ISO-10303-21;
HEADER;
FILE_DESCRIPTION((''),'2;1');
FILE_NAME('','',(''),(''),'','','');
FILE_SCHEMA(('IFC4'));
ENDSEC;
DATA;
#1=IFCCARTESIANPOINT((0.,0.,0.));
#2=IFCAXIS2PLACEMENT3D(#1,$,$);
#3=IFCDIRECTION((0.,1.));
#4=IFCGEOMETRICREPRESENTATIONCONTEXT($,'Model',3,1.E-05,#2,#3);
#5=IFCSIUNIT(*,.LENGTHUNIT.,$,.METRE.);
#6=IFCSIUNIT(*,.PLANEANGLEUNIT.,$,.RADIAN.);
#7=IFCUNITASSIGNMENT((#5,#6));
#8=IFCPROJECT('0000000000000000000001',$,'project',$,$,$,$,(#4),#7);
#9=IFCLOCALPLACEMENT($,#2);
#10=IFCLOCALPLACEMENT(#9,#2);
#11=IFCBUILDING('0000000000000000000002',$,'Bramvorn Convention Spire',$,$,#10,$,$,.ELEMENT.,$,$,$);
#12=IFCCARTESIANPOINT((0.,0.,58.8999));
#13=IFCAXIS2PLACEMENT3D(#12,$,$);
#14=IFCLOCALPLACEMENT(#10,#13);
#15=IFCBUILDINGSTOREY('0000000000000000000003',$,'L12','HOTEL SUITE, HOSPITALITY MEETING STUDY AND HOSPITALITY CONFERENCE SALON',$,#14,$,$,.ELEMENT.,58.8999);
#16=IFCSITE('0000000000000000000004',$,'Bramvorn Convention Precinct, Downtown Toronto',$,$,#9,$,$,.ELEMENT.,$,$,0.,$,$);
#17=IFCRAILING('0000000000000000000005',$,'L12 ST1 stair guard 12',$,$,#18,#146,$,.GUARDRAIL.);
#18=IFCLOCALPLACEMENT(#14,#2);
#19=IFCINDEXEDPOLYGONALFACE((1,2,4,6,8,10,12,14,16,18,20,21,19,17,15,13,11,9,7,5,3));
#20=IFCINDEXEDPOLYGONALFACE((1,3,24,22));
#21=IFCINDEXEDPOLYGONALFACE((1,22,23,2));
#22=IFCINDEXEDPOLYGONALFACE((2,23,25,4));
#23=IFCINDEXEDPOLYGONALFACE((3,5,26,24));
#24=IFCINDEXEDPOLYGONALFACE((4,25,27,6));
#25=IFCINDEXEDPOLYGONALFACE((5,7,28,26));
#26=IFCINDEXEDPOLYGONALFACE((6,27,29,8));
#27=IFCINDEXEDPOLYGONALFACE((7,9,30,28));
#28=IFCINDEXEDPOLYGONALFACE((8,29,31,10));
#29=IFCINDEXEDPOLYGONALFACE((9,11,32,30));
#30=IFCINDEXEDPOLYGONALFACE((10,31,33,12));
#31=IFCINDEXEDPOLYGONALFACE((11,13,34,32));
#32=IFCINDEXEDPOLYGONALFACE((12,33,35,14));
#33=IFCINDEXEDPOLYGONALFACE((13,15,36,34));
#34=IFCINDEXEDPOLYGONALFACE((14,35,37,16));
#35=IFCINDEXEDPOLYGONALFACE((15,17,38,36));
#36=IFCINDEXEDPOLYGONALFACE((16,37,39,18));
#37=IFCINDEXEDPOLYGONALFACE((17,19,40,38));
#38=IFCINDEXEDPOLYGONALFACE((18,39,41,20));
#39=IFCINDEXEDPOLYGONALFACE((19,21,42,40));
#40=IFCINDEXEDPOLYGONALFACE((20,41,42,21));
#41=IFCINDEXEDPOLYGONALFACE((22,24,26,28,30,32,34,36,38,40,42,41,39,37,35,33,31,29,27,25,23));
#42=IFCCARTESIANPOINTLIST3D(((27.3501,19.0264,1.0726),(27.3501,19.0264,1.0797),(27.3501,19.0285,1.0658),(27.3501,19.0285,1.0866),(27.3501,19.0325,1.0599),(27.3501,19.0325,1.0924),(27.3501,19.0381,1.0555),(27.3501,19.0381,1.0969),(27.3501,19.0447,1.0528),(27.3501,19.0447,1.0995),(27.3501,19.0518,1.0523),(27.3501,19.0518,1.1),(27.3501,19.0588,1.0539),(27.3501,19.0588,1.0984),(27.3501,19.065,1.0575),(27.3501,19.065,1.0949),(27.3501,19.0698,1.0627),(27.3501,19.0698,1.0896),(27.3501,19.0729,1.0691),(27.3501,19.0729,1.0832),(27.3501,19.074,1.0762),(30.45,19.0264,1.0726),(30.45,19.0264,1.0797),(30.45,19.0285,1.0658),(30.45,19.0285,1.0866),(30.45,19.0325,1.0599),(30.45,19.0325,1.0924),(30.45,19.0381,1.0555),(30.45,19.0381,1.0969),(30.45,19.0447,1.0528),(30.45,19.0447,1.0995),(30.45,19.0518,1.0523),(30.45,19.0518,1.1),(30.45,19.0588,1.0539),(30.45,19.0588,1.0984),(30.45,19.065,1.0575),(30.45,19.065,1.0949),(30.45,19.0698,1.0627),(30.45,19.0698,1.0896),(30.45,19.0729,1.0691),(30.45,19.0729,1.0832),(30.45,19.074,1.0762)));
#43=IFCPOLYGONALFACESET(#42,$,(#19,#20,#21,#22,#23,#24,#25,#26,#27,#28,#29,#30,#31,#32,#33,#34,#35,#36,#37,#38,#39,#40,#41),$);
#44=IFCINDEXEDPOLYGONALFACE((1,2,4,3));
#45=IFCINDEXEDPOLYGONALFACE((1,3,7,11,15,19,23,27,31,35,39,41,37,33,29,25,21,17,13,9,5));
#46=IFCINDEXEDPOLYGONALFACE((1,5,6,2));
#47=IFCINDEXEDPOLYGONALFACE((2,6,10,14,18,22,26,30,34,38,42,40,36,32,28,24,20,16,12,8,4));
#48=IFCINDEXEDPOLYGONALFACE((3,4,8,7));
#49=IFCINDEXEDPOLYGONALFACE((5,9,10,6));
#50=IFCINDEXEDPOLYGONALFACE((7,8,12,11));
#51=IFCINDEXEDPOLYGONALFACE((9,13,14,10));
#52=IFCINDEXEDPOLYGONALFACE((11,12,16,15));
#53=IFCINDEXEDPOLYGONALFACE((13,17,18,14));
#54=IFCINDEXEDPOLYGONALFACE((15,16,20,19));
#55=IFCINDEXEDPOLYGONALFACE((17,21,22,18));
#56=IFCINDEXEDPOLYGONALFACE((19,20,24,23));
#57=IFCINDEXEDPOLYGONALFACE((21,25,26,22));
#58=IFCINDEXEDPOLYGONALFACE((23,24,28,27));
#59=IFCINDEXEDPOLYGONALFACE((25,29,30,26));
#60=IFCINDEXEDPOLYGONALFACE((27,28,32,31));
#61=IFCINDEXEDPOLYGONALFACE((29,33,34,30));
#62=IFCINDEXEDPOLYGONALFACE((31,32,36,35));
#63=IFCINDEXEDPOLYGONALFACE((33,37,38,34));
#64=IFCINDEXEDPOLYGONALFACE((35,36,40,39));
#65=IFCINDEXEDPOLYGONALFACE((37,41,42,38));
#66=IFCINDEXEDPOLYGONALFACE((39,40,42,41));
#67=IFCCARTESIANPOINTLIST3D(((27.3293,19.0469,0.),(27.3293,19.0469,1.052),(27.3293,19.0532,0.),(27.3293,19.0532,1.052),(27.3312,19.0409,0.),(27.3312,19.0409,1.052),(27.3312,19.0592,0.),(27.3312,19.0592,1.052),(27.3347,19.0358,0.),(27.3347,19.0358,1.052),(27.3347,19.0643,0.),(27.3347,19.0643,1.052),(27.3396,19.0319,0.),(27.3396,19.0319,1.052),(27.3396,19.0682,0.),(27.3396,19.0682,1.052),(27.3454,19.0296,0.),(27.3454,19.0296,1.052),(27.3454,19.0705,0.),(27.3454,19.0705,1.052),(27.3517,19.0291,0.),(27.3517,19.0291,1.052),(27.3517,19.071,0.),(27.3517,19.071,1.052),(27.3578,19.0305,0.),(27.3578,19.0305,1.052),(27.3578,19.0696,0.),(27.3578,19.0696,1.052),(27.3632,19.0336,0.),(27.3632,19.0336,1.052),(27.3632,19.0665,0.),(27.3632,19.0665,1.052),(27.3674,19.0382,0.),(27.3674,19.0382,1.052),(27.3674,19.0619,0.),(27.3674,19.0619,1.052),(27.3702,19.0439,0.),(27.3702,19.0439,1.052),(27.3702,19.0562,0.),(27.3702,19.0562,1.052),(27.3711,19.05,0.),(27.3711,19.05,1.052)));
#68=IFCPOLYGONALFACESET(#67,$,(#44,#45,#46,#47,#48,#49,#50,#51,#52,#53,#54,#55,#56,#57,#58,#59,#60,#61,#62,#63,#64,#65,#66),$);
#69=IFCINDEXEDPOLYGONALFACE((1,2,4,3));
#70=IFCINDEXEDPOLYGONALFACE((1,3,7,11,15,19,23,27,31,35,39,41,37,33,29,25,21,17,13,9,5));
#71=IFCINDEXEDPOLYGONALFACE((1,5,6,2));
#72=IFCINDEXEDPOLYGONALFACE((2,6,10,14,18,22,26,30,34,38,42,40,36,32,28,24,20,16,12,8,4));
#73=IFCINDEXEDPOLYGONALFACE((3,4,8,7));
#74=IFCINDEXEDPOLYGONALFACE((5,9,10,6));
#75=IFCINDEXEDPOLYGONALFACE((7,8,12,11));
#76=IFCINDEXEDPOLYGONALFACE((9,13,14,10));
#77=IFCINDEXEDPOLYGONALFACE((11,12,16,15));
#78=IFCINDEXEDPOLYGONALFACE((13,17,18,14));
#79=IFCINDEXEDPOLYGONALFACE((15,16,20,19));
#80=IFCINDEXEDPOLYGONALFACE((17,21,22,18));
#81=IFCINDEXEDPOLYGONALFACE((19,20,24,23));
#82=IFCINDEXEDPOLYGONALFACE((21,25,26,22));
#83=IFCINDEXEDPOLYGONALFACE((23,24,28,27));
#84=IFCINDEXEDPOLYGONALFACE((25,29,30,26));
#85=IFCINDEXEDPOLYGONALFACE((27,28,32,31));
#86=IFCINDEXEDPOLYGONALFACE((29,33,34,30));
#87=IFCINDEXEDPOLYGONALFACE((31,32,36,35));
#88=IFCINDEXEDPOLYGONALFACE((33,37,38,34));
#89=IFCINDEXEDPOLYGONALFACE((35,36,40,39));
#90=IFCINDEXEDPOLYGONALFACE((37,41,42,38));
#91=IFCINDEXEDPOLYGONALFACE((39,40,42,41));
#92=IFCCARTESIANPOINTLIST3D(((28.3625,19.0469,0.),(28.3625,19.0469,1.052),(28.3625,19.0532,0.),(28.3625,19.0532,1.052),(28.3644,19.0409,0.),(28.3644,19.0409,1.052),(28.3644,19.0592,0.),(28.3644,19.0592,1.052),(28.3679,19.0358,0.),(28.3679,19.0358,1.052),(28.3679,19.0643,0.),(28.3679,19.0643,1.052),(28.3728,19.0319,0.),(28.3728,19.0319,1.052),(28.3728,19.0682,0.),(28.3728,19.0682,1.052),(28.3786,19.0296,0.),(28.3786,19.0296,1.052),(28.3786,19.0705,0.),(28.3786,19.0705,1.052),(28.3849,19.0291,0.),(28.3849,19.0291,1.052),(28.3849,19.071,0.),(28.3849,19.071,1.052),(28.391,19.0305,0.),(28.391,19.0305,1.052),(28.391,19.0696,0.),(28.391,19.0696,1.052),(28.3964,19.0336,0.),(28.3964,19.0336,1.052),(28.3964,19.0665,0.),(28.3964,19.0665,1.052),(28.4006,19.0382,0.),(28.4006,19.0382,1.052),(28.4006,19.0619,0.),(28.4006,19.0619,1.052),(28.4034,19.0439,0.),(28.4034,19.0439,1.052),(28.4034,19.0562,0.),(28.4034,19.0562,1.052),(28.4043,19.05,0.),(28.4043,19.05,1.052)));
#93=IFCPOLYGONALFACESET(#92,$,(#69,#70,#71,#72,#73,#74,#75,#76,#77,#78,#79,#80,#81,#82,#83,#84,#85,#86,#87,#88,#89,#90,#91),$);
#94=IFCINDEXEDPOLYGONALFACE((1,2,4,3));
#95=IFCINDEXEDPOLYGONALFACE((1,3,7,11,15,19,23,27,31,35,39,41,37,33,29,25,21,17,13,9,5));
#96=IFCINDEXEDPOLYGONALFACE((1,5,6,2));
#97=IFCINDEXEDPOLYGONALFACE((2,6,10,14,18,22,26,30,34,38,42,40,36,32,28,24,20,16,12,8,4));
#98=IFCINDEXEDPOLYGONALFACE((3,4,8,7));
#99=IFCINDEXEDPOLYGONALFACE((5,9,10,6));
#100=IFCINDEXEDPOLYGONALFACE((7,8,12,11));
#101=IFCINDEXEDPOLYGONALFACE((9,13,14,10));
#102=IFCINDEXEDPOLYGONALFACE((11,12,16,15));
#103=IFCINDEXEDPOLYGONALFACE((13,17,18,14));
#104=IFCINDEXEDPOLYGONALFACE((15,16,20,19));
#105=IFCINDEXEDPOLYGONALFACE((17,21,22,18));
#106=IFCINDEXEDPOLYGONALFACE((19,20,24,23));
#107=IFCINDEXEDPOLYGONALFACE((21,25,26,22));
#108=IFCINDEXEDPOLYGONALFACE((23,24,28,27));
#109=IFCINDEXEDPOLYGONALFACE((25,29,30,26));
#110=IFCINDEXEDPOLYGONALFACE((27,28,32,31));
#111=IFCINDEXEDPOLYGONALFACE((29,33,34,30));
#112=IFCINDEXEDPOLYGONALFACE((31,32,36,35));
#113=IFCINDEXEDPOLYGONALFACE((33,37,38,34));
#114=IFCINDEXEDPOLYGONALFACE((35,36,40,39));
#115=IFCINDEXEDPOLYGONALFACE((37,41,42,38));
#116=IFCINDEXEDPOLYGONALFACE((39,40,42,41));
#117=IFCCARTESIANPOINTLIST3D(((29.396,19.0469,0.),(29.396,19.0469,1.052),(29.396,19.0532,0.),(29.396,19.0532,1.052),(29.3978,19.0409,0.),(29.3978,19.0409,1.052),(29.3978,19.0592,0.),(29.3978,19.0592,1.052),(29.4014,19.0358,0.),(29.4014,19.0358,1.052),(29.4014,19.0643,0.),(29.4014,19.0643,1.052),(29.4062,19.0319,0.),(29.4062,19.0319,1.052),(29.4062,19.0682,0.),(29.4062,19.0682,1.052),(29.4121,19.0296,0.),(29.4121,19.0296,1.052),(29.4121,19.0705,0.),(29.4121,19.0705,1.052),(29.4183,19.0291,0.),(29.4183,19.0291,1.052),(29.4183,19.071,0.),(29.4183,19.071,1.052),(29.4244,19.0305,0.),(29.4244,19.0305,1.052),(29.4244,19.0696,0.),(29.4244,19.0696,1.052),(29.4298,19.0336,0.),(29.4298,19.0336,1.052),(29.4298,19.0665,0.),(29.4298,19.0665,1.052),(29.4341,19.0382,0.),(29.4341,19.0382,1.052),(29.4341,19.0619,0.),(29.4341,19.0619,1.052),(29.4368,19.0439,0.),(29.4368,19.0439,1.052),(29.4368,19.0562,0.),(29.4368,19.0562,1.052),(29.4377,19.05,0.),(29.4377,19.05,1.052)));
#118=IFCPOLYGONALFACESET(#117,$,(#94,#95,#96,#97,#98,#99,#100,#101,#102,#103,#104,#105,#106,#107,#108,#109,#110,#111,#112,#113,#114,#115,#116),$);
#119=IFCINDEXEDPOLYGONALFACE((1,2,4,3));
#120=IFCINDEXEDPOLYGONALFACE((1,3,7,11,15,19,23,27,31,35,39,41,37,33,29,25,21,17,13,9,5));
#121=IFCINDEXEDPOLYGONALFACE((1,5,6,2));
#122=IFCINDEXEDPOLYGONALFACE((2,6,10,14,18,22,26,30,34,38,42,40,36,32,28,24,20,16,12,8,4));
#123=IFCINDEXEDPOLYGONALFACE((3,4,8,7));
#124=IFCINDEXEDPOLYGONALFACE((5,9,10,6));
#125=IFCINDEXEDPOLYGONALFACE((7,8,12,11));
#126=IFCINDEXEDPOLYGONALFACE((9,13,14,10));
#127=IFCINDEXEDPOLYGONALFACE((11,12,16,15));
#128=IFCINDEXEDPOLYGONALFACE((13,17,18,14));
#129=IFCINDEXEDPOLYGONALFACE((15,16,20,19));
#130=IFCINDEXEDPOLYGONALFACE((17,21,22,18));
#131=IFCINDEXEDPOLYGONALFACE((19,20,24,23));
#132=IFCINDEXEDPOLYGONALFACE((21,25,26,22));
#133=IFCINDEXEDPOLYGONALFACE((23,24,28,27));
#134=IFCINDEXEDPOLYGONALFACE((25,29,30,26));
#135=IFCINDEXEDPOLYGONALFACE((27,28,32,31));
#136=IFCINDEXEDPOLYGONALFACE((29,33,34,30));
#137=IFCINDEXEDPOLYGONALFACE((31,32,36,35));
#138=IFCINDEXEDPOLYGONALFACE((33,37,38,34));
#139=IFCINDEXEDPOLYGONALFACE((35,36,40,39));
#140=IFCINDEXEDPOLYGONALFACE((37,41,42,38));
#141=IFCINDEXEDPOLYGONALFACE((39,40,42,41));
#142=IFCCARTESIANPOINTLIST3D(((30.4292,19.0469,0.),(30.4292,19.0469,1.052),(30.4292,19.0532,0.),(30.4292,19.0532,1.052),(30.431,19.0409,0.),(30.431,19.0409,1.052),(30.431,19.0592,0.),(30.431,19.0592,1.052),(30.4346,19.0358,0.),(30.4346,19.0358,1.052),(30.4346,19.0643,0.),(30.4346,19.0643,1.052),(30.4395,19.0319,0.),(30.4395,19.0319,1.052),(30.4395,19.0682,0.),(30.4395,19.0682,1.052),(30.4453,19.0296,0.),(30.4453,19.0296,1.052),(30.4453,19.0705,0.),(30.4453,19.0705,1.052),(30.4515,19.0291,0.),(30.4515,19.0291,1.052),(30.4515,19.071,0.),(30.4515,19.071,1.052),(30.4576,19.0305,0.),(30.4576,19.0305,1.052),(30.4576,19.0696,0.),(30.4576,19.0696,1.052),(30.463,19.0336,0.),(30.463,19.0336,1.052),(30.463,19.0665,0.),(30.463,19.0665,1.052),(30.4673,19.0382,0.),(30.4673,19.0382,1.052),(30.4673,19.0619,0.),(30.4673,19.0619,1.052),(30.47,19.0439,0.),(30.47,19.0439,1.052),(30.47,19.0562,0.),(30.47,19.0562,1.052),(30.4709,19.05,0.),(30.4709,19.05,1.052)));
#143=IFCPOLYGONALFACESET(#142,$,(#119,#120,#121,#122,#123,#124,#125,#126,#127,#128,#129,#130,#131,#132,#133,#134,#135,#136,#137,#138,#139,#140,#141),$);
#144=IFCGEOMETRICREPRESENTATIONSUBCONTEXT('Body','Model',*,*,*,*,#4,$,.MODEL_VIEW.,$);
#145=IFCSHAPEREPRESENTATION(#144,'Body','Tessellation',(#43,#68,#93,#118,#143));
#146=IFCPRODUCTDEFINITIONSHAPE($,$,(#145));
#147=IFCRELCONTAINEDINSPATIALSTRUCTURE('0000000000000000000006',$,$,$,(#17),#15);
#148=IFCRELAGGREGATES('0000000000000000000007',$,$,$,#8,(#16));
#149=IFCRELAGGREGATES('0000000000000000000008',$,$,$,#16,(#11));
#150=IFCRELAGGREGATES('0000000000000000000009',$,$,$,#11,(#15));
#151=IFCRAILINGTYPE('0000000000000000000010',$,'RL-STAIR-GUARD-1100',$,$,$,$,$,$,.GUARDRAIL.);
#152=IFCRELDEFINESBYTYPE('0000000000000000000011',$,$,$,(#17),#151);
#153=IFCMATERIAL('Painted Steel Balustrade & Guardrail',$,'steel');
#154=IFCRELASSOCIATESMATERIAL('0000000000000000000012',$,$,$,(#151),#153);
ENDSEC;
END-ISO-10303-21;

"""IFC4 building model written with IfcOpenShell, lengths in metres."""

from ifc_helpers import new_model, si_unit, direction, frame, origin, origin_2d, place, context, subcontext, project, spatial, circle, extrude, material, type_object, element, save


model = new_model("IFC4")

# Units and contexts
model_context = context("Model", 3, precision=1e-05, world=origin(), true_north=direction((0.0, 1.0)))
body_context = subcontext(model_context, "Body", "Model", "MODEL_VIEW")
ifc_project = project(units=[si_unit("LENGTHUNIT", "METRE"), si_unit("PLANEANGLEUNIT", "RADIAN")], contexts=[model_context])

# Site, building, storey
site_placement = place(None, origin())
site = spatial("IfcSite", under=ifc_project, at=site_placement, Name="Bramvorn Convention Precinct, Downtown Toronto", CompositionType="ELEMENT", RefElevation=0.0)
building_placement = place(site_placement, origin())
building = spatial("IfcBuilding", under=site, at=building_placement, Name="Bramvorn Convention Spire", CompositionType="ELEMENT")
storey_placement = place(building_placement, frame((0.0, 0.0, 58.8999)))
storey = spatial("IfcBuildingStorey", under=building, at=storey_placement, Name="L12", Description="HOTEL SUITE, HOSPITALITY MEETING STUDY AND HOSPITALITY CONFERENCE SALON", CompositionType="ELEMENT", Elevation=58.8999)

# Railing
ifc_material_1 = material(Name="Painted Steel Balustrade & Guardrail", Category="steel")
railing_type = type_object("IfcRailingType", Name="RL-STAIR-GUARD-1100", PredefinedType="GUARDRAIL", material=ifc_material_1)
railing_1_placement = place(storey_placement, frame((27.3501, 19.05, 0.0)))
element("IfcRailing", 1, at=railing_1_placement, inside=storey, type_object=railing_type, Name="L12 ST1 stair guard 12", PredefinedType="GUARDRAIL", context=body_context, shape_type="SweptSolid", body=[
    extrude(circle(Radius=0.0239, at=origin_2d()), frame((0.0, 0.0, 1.0762), z_axis=(1.0, 0.0, 0.0), x_axis=(0.0, 1.0, 0.0)), (0.0, 0.0, 1.0), 3.0999),
    extrude(circle(Radius=0.021, at=origin_2d()), origin(), (0.0, 0.0, 1.0), 1.052),
    extrude(circle(Radius=0.021, at=origin_2d()), frame((1.0332, 0.0, 0.0)), (0.0, 0.0, 1.0), 1.052),
    extrude(circle(Radius=0.021, at=origin_2d()), frame((2.0667, 0.0, 0.0)), (0.0, 0.0, 1.0), 1.052),
    extrude(circle(Radius=0.021, at=origin_2d()), frame((3.0999, 0.0, 0.0)), (0.0, 0.0, 1.0), 1.052),
])

save(model, "model.ifc")
